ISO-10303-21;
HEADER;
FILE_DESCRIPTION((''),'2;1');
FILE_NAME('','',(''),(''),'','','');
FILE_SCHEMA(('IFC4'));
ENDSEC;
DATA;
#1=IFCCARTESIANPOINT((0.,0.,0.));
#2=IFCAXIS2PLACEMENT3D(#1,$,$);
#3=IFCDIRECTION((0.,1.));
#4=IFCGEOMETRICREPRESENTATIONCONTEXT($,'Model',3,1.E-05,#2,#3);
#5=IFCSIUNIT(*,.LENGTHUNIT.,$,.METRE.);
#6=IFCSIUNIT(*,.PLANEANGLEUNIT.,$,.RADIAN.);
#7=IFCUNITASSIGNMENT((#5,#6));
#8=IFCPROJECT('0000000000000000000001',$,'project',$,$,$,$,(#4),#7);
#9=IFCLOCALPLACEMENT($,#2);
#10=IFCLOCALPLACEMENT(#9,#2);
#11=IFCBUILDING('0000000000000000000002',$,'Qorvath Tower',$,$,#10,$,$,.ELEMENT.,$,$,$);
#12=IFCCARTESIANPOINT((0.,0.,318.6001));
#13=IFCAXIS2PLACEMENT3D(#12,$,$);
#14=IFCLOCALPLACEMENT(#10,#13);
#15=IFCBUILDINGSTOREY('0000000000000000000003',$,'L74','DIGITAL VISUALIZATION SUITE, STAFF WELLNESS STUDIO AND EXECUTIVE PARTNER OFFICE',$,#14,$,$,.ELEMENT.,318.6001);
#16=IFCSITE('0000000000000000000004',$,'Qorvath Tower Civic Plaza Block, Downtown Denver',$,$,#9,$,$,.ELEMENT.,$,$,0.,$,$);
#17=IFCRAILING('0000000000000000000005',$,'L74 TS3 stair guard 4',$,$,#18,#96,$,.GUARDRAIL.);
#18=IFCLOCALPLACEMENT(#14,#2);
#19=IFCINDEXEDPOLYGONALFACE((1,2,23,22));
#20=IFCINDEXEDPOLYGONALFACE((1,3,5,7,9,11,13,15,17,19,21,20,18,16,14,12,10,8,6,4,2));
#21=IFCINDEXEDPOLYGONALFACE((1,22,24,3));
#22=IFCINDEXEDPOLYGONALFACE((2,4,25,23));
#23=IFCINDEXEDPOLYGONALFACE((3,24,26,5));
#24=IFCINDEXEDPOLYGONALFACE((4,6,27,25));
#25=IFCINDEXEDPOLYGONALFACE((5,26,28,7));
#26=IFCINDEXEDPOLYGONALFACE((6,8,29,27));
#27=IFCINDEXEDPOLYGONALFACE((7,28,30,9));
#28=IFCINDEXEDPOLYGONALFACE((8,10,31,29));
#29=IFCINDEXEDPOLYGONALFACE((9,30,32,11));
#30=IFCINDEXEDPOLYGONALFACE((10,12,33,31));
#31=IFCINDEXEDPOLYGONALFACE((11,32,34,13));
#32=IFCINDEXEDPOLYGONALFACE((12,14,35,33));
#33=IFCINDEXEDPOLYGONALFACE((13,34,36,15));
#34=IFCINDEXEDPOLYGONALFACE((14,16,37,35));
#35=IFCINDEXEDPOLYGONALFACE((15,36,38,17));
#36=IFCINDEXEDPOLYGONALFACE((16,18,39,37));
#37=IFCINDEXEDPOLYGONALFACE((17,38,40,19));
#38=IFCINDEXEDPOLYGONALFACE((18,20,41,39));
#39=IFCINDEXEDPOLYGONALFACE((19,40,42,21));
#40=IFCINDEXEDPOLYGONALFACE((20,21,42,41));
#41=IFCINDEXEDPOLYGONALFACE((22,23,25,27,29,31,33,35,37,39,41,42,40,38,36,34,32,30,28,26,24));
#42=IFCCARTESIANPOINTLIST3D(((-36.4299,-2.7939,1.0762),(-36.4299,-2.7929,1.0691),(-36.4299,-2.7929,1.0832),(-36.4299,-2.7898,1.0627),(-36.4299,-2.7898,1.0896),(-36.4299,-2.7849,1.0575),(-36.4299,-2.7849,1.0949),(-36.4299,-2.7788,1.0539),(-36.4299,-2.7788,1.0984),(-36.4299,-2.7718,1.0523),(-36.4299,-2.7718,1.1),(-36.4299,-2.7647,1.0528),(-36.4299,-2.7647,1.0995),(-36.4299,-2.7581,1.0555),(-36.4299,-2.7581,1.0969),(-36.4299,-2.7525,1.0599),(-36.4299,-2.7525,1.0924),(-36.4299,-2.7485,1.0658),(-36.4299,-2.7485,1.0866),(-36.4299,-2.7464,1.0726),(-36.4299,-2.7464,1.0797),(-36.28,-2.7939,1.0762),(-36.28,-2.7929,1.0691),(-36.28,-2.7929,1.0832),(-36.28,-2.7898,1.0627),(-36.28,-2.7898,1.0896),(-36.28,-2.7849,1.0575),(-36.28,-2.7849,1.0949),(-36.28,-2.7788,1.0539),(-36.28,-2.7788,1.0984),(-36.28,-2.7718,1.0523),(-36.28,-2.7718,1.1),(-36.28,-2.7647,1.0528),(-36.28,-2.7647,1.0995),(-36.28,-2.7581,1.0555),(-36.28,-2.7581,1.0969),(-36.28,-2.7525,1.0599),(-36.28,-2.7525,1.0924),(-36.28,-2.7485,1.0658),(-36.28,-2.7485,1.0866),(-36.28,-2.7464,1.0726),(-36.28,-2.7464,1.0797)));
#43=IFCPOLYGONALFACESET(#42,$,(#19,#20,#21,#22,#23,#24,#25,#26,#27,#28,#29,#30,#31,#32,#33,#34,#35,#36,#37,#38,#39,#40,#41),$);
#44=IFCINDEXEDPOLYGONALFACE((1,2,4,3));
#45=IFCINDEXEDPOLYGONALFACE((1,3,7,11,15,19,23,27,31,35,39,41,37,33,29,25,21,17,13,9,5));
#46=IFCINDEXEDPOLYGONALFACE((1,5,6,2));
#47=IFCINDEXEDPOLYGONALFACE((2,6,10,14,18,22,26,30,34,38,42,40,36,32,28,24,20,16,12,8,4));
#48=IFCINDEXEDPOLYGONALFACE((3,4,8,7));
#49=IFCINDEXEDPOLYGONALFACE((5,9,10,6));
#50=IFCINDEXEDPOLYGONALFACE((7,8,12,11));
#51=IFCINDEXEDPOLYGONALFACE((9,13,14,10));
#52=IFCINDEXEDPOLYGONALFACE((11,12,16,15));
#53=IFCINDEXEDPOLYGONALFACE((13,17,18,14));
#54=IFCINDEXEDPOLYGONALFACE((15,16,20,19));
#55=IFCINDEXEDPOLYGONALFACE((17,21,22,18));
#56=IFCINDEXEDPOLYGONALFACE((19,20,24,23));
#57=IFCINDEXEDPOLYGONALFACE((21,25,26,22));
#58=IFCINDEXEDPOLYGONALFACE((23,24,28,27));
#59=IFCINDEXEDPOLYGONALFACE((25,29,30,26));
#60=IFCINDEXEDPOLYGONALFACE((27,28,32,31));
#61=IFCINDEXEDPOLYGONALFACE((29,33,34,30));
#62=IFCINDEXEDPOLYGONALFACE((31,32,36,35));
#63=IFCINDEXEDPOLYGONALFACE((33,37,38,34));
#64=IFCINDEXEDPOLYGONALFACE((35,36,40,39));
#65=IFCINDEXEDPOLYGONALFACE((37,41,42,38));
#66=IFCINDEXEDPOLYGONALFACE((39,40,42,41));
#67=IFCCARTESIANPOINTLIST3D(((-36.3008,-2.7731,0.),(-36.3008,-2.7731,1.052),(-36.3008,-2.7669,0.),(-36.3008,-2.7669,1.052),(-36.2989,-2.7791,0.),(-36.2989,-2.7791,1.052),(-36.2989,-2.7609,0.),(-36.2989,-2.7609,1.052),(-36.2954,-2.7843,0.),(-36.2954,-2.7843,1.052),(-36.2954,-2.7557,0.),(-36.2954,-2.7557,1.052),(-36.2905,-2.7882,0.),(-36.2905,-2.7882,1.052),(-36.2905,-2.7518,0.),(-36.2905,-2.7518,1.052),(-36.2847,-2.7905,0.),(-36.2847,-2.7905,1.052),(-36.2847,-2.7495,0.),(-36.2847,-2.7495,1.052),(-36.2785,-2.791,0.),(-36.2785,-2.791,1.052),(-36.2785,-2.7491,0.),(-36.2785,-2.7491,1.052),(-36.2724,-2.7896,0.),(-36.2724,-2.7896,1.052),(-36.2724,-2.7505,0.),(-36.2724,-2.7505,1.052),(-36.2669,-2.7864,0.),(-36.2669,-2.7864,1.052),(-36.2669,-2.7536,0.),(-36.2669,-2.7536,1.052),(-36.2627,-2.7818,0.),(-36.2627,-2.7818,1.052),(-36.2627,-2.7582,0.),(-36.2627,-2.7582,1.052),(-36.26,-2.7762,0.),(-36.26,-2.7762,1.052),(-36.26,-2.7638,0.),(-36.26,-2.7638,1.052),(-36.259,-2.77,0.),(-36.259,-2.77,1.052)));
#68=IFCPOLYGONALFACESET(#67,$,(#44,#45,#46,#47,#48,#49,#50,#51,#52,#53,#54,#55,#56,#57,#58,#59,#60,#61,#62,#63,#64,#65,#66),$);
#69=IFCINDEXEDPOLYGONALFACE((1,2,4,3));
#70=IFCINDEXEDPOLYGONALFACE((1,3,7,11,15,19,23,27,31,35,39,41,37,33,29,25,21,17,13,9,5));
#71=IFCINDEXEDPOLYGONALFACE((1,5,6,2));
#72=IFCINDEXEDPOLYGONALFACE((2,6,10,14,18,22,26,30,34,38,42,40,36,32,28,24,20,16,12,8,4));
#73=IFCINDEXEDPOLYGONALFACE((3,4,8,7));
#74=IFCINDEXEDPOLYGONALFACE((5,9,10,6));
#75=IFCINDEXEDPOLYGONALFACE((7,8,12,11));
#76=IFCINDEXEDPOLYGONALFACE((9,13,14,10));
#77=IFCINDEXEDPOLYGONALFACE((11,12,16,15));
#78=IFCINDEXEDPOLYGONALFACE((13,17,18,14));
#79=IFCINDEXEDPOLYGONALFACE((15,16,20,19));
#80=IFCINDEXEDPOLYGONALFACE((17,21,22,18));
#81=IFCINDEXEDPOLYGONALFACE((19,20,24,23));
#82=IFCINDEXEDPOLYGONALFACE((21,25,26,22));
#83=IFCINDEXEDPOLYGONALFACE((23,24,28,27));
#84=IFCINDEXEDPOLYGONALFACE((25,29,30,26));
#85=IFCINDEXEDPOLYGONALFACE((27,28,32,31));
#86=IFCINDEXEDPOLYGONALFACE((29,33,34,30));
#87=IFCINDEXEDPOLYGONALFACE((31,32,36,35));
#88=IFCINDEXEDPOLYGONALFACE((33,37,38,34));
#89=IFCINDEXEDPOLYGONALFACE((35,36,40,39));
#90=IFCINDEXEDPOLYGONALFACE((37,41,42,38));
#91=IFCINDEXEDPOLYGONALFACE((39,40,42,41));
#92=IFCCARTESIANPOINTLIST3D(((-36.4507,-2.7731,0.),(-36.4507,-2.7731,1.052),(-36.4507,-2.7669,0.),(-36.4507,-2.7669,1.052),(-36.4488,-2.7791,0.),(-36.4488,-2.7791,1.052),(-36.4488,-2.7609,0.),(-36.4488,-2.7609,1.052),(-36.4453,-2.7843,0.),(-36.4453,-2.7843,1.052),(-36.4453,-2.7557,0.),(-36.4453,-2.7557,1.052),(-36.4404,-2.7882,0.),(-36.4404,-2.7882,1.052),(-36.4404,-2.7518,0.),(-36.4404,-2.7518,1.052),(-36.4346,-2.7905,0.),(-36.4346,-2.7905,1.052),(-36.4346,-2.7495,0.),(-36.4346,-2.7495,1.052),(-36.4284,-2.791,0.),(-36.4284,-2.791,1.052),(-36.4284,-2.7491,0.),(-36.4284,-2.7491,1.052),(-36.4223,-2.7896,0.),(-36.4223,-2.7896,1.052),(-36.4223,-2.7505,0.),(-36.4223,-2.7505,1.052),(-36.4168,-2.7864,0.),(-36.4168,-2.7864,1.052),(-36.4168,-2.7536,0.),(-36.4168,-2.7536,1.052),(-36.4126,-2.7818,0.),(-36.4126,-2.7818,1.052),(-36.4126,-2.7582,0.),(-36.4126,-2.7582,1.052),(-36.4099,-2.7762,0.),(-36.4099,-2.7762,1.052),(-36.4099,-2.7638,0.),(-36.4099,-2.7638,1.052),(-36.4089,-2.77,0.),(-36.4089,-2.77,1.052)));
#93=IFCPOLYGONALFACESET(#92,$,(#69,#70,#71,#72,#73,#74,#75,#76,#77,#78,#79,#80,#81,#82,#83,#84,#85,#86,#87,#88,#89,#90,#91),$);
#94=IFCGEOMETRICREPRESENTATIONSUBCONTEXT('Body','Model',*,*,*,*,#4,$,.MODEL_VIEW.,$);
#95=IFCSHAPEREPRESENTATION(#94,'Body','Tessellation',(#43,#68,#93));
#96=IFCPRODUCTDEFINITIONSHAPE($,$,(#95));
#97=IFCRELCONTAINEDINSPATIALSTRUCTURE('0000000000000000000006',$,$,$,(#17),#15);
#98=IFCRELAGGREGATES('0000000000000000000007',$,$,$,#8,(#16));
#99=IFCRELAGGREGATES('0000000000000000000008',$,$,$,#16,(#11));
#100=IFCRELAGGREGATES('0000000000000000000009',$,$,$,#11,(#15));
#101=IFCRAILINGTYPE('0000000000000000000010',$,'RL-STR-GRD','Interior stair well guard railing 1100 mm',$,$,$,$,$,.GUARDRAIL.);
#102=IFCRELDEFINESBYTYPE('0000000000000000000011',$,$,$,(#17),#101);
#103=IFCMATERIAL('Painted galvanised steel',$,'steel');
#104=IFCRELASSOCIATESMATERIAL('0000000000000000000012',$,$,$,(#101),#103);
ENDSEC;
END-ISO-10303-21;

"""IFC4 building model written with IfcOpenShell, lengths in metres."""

from ifc_helpers import new_model, si_unit, direction, frame, origin, origin_2d, place, context, subcontext, project, spatial, circle, extrude, material, type_object, element, save


model = new_model("IFC4")

# Units and contexts
model_context = context("Model", 3, precision=1e-05, world=origin(), true_north=direction((0.0, 1.0)))
body_context = subcontext(model_context, "Body", "Model", "MODEL_VIEW")
ifc_project = project(units=[si_unit("LENGTHUNIT", "METRE"), si_unit("PLANEANGLEUNIT", "RADIAN")], contexts=[model_context])

# Site, building, storey
site_placement = place(None, origin())
site = spatial("IfcSite", under=ifc_project, at=site_placement, Name="Qorvath Tower Civic Plaza Block, Downtown Denver", CompositionType="ELEMENT", RefElevation=0.0)
building_placement = place(site_placement, origin())
building = spatial("IfcBuilding", under=site, at=building_placement, Name="Qorvath Tower", CompositionType="ELEMENT")
storey_placement = place(building_placement, frame((0.0, 0.0, 318.6001)))
storey = spatial("IfcBuildingStorey", under=building, at=storey_placement, Name="L74", Description="DIGITAL VISUALIZATION SUITE, STAFF WELLNESS STUDIO AND EXECUTIVE PARTNER OFFICE", CompositionType="ELEMENT", Elevation=318.6001)

# Railing
ifc_material_1 = material(Name="Painted galvanised steel", Category="steel")
railing_type_1 = type_object("IfcRailingType", Name="RL-STR-GRD", Description="Interior stair well guard railing 1100 mm", PredefinedType="GUARDRAIL", material=ifc_material_1)
railing_1_placement = place(storey_placement, frame((-36.28, -2.77, 0.0)))
element("IfcRailing", 1, at=railing_1_placement, inside=storey, type_object=railing_type_1, Name="L74 TS3 stair guard 4", PredefinedType="GUARDRAIL", context=body_context, shape_type="SweptSolid", body=[
    extrude(circle(Radius=0.0239, at=origin_2d()), frame((0.0, 0.0, 1.0762), z_axis=(-1.0, 0.0, 0.0), x_axis=(0.0, -1.0, 0.0)), (0.0, 0.0, 1.0), 0.1499),
    extrude(circle(Radius=0.021, at=origin_2d()), origin(), (0.0, 0.0, 1.0), 1.052),
    extrude(circle(Radius=0.021, at=origin_2d()), frame((-0.1499, 0.0, 0.0)), (0.0, 0.0, 1.0), 1.052),
])

save(model, "model.ifc")
